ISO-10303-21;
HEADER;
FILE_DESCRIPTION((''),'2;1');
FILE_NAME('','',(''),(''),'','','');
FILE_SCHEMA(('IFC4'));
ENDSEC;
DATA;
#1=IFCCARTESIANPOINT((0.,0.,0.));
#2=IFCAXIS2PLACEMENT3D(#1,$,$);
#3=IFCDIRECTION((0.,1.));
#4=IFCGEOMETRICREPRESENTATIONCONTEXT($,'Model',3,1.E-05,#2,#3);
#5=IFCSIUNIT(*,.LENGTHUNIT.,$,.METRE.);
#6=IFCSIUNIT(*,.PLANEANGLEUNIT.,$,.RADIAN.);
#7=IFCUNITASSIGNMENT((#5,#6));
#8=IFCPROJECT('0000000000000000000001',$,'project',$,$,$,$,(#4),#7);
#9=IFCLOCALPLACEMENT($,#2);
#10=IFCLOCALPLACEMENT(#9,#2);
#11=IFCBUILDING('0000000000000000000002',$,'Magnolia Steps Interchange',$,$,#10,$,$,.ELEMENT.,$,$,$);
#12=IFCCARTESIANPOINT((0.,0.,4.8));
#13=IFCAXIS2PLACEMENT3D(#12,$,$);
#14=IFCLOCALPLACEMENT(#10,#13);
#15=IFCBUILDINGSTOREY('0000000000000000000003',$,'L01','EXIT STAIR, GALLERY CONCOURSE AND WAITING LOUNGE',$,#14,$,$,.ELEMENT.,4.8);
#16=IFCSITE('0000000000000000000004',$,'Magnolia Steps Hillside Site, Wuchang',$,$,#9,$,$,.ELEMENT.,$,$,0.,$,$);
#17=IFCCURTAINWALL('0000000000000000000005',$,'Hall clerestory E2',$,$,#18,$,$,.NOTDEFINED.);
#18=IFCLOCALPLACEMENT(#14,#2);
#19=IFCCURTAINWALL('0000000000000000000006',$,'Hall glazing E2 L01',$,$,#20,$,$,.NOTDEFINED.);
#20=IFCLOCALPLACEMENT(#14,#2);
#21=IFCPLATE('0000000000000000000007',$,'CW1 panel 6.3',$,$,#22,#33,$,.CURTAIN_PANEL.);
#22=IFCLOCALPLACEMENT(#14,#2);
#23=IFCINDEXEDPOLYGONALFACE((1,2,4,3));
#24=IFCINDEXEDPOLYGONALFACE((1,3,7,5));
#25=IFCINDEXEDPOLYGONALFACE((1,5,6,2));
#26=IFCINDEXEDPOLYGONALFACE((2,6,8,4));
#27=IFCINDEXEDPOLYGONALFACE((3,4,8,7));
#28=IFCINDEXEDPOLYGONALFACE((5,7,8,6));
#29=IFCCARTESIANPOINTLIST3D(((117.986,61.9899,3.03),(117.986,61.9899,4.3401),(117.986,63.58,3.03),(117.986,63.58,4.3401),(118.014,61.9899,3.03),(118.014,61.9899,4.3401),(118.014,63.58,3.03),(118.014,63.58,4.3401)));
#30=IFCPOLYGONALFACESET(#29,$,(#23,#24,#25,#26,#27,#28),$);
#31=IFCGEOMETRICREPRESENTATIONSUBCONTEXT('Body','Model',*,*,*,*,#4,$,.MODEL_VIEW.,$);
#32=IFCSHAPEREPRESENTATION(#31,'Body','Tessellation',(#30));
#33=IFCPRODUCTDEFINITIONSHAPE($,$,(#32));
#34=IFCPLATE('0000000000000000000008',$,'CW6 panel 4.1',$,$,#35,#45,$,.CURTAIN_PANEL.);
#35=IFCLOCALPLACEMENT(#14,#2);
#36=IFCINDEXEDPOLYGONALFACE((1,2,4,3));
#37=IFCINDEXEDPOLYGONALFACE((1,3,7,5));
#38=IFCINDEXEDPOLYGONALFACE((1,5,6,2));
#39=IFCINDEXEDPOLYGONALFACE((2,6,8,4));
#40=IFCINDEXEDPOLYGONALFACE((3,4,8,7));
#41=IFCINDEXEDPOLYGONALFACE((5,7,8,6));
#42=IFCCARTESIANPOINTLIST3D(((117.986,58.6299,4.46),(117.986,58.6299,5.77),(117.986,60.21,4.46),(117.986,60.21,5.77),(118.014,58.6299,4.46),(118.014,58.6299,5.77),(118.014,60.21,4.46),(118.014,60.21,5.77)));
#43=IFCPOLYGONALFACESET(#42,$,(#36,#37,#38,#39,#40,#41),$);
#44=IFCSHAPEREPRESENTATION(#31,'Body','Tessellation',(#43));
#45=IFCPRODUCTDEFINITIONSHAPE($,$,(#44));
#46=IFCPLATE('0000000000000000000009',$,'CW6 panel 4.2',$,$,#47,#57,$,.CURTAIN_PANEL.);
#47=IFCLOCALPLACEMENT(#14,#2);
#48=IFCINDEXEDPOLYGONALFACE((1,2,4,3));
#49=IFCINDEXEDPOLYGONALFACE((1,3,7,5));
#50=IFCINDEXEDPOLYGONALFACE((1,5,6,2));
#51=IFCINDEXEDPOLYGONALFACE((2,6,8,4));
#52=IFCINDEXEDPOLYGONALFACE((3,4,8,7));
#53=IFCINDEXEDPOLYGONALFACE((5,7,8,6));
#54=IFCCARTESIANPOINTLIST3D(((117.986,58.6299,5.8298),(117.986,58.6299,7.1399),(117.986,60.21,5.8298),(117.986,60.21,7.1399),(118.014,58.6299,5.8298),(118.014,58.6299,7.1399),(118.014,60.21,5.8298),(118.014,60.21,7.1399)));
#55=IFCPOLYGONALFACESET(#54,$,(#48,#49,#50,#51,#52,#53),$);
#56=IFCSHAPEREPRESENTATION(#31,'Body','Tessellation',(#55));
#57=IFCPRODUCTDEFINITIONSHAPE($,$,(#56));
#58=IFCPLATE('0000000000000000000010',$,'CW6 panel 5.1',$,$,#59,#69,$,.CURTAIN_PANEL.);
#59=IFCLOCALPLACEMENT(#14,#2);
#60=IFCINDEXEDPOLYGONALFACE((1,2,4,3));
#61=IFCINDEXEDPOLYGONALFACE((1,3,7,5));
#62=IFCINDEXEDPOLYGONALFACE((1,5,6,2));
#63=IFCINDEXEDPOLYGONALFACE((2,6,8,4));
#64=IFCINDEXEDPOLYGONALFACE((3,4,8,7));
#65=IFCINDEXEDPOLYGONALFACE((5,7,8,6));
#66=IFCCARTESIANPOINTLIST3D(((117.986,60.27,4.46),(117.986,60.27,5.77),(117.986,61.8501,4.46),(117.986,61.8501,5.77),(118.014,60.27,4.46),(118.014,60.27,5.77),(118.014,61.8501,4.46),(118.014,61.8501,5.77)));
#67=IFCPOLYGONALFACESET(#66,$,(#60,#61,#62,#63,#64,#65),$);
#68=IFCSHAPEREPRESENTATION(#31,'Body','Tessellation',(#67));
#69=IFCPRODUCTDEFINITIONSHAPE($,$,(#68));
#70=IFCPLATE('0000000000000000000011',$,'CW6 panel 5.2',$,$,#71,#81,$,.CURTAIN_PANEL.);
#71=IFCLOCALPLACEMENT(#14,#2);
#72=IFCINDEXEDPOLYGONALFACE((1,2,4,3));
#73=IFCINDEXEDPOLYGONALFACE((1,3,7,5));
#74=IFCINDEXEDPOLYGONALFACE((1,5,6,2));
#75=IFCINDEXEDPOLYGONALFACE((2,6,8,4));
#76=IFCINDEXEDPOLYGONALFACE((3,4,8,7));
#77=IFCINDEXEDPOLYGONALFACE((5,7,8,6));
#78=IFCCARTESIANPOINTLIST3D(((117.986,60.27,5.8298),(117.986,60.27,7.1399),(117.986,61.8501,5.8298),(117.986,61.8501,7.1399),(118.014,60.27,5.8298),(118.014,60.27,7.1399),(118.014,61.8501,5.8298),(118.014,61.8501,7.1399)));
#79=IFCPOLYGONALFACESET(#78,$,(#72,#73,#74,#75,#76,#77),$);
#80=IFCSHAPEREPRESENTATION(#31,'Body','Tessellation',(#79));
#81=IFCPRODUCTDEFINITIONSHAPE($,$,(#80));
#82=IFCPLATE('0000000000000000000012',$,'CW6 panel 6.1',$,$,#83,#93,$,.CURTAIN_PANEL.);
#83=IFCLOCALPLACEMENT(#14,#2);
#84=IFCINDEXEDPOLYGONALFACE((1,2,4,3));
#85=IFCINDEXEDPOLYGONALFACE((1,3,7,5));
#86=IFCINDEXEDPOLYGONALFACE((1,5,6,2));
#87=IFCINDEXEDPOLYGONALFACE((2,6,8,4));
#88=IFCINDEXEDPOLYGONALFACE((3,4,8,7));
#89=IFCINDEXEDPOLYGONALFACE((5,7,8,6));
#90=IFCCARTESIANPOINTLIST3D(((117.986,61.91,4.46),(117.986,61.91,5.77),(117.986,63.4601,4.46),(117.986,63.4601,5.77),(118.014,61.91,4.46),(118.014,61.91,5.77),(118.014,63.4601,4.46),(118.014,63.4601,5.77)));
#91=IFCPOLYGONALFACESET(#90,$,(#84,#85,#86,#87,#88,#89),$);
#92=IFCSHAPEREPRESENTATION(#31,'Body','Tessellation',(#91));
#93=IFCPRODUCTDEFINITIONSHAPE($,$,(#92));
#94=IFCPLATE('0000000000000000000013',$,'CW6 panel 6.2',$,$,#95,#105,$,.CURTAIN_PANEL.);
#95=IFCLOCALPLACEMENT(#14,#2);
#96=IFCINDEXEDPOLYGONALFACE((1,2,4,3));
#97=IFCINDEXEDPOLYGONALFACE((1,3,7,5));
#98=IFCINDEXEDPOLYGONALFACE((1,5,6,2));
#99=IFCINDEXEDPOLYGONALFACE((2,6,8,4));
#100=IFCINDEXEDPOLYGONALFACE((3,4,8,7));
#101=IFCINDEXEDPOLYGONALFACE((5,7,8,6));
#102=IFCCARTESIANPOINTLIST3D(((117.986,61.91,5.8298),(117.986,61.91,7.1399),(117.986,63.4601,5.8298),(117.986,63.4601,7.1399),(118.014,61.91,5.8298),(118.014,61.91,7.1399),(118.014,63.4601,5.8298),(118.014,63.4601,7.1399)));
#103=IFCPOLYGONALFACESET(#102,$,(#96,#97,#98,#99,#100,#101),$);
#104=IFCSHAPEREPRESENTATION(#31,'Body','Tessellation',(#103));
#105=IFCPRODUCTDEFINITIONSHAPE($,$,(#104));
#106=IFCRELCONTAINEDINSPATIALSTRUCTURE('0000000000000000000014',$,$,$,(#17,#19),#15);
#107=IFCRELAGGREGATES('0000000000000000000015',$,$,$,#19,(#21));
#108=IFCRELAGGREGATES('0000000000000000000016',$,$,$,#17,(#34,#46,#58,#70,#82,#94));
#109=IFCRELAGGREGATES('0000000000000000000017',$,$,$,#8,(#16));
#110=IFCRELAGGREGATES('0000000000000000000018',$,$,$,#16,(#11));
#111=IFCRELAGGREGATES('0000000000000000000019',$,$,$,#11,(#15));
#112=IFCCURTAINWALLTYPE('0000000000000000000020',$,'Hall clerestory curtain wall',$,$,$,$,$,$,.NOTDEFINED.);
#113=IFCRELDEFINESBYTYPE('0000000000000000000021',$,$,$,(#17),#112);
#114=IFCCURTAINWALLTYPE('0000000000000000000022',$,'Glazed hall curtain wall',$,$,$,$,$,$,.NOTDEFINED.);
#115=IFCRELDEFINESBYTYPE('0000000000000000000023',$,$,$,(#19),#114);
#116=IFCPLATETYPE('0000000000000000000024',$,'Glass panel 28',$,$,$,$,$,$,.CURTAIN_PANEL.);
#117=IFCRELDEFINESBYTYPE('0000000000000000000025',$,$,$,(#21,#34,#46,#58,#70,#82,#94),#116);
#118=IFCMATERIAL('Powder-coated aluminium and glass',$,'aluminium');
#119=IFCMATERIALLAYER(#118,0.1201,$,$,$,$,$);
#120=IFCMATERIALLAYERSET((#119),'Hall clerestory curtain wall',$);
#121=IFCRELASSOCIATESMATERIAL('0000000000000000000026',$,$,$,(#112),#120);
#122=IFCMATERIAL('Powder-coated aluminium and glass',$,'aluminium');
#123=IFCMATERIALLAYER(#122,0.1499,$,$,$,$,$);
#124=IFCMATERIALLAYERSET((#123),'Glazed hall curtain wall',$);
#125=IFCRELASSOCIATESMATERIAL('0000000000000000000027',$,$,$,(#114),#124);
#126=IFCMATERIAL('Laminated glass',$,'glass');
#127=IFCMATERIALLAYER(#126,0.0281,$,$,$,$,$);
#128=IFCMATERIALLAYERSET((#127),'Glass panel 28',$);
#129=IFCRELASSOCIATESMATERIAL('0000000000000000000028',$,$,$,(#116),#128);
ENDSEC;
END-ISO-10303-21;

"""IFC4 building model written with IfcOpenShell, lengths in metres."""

from ifc_helpers import new_model, si_unit, direction, frame, origin, origin_2d, place, context, subcontext, project, spatial, rectangle, extrude, material, layer, layer_set, type_object, element, aggregate, save


model = new_model("IFC4")

# Units and contexts
model_context = context("Model", 3, precision=1e-05, world=origin(), true_north=direction((0.0, 1.0)))
body_context = subcontext(model_context, "Body", "Model", "MODEL_VIEW")
ifc_project = project(units=[si_unit("LENGTHUNIT", "METRE"), si_unit("PLANEANGLEUNIT", "RADIAN")], contexts=[model_context])

# Site, building, storey
site_placement = place(None, origin())
site = spatial("IfcSite", under=ifc_project, at=site_placement, Name="Magnolia Steps Hillside Site, Wuchang", CompositionType="ELEMENT", RefElevation=0.0)
building_placement = place(site_placement, origin())
building = spatial("IfcBuilding", under=site, at=building_placement, Name="Magnolia Steps Interchange", CompositionType="ELEMENT")
storey_placement = place(building_placement, frame((0.0, 0.0, 4.8)))
storey = spatial("IfcBuildingStorey", under=building, at=storey_placement, Name="L01", Description="EXIT STAIR, GALLERY CONCOURSE AND WAITING LOUNGE", CompositionType="ELEMENT", Elevation=4.8)

# Curtain walls
ifc_material_1 = material(Name="Powder-coated aluminium and glass", Category="aluminium")
ifc_layer_1 = layer(ifc_material_1, 0.1201)
ifc_layer_set_1 = layer_set([ifc_layer_1], Name="Hall clerestory curtain wall")
curtain_wall_type_1 = type_object("IfcCurtainWallType", Name="Hall clerestory curtain wall", PredefinedType="NOTDEFINED", material=ifc_layer_set_1)
curtain_wall_1_placement = place(storey_placement, origin())
curtain_wall_1 = element("IfcCurtainWall", 1, at=curtain_wall_1_placement, inside=storey, type_object=curtain_wall_type_1, Name="Hall clerestory E2", PredefinedType="NOTDEFINED")
ifc_material_2 = material(Name="Powder-coated aluminium and glass", Category="aluminium")
ifc_layer_2 = layer(ifc_material_2, 0.1499)
ifc_layer_set_2 = layer_set([ifc_layer_2], Name="Glazed hall curtain wall")
curtain_wall_type_2 = type_object("IfcCurtainWallType", Name="Glazed hall curtain wall", PredefinedType="NOTDEFINED", material=ifc_layer_set_2)
curtain_wall_2_placement = place(storey_placement, origin())
curtain_wall_2 = element("IfcCurtainWall", 2, at=curtain_wall_2_placement, inside=storey, type_object=curtain_wall_type_2, Name="Hall glazing E2 L01", PredefinedType="NOTDEFINED")

# Plates
ifc_material_3 = material(Name="Laminated glass", Category="glass")
ifc_layer_3 = layer(ifc_material_3, 0.0281)
ifc_layer_set_3 = layer_set([ifc_layer_3], Name="Glass panel 28")
plate_type = type_object("IfcPlateType", Name="Glass panel 28", PredefinedType="CURTAIN_PANEL", material=ifc_layer_set_3)
plate_1_placement = place(storey_placement, frame((118.0, 62.7849, 3.03), z_axis=(0.0, 0.0, 1.0), x_axis=(0.0, 1.0, 0.0)))
plate_1 = element("IfcPlate", 3, at=plate_1_placement, type_object=plate_type, Name="CW1 panel 6.3", PredefinedType="CURTAIN_PANEL", context=body_context, shape_type="SweptSolid", body=[
    extrude(rectangle(XDim=1.5901, YDim=0.0281, at=origin_2d()), origin(), (0.0, 0.0, 1.0), 1.3101),
])
aggregate(curtain_wall_2, [plate_1])
plate_2_placement = place(storey_placement, frame((118.0, 59.4199, 4.46), z_axis=(0.0, 0.0, 1.0), x_axis=(0.0, 1.0, 0.0)))
plate_2 = element("IfcPlate", 4, at=plate_2_placement, type_object=plate_type, Name="CW6 panel 4.1", PredefinedType="CURTAIN_PANEL", context=body_context, shape_type="SweptSolid", body=[
    extrude(rectangle(XDim=1.5801, YDim=0.0281, at=origin_2d()), origin(), (0.0, 0.0, 1.0), 1.3101),
])
plate_3_placement = place(storey_placement, frame((118.0, 59.4199, 5.8298), z_axis=(0.0, 0.0, 1.0), x_axis=(0.0, 1.0, 0.0)))
plate_3 = element("IfcPlate", 5, at=plate_3_placement, type_object=plate_type, Name="CW6 panel 4.2", PredefinedType="CURTAIN_PANEL", context=body_context, shape_type="SweptSolid", body=[
    extrude(rectangle(XDim=1.5801, YDim=0.0281, at=origin_2d()), origin(), (0.0, 0.0, 1.0), 1.3101),
])
plate_4_placement = place(storey_placement, frame((118.0, 61.0601, 4.46), z_axis=(0.0, 0.0, 1.0), x_axis=(0.0, 1.0, 0.0)))
plate_4 = element("IfcPlate", 6, at=plate_4_placement, type_object=plate_type, Name="CW6 panel 5.1", PredefinedType="CURTAIN_PANEL", context=body_context, shape_type="SweptSolid", body=[
    extrude(rectangle(XDim=1.5801, YDim=0.0281, at=origin_2d()), origin(), (0.0, 0.0, 1.0), 1.3101),
])
plate_5_placement = place(storey_placement, frame((118.0, 61.0601, 5.8298), z_axis=(0.0, 0.0, 1.0), x_axis=(0.0, 1.0, 0.0)))
plate_5 = element("IfcPlate", 7, at=plate_5_placement, type_object=plate_type, Name="CW6 panel 5.2", PredefinedType="CURTAIN_PANEL", context=body_context, shape_type="SweptSolid", body=[
    extrude(rectangle(XDim=1.5801, YDim=0.0281, at=origin_2d()), origin(), (0.0, 0.0, 1.0), 1.3101),
])
plate_6_placement = place(storey_placement, frame((118.0, 62.6851, 4.46), z_axis=(0.0, 0.0, 1.0), x_axis=(0.0, 1.0, 0.0)))
plate_6 = element("IfcPlate", 8, at=plate_6_placement, type_object=plate_type, Name="CW6 panel 6.1", PredefinedType="CURTAIN_PANEL", context=body_context, shape_type="SweptSolid", body=[
    extrude(rectangle(XDim=1.55, YDim=0.0281, at=origin_2d()), origin(), (0.0, 0.0, 1.0), 1.3101),
])
plate_7_placement = place(storey_placement, frame((118.0, 62.6851, 5.8298), z_axis=(0.0, 0.0, 1.0), x_axis=(0.0, 1.0, 0.0)))
plate_7 = element("IfcPlate", 9, at=plate_7_placement, type_object=plate_type, Name="CW6 panel 6.2", PredefinedType="CURTAIN_PANEL", context=body_context, shape_type="SweptSolid", body=[
    extrude(rectangle(XDim=1.55, YDim=0.0281, at=origin_2d()), origin(), (0.0, 0.0, 1.0), 1.3101),
])
aggregate(curtain_wall_1, [plate_2, plate_3, plate_4, plate_5, plate_6, plate_7])

save(model, "model.ifc")
